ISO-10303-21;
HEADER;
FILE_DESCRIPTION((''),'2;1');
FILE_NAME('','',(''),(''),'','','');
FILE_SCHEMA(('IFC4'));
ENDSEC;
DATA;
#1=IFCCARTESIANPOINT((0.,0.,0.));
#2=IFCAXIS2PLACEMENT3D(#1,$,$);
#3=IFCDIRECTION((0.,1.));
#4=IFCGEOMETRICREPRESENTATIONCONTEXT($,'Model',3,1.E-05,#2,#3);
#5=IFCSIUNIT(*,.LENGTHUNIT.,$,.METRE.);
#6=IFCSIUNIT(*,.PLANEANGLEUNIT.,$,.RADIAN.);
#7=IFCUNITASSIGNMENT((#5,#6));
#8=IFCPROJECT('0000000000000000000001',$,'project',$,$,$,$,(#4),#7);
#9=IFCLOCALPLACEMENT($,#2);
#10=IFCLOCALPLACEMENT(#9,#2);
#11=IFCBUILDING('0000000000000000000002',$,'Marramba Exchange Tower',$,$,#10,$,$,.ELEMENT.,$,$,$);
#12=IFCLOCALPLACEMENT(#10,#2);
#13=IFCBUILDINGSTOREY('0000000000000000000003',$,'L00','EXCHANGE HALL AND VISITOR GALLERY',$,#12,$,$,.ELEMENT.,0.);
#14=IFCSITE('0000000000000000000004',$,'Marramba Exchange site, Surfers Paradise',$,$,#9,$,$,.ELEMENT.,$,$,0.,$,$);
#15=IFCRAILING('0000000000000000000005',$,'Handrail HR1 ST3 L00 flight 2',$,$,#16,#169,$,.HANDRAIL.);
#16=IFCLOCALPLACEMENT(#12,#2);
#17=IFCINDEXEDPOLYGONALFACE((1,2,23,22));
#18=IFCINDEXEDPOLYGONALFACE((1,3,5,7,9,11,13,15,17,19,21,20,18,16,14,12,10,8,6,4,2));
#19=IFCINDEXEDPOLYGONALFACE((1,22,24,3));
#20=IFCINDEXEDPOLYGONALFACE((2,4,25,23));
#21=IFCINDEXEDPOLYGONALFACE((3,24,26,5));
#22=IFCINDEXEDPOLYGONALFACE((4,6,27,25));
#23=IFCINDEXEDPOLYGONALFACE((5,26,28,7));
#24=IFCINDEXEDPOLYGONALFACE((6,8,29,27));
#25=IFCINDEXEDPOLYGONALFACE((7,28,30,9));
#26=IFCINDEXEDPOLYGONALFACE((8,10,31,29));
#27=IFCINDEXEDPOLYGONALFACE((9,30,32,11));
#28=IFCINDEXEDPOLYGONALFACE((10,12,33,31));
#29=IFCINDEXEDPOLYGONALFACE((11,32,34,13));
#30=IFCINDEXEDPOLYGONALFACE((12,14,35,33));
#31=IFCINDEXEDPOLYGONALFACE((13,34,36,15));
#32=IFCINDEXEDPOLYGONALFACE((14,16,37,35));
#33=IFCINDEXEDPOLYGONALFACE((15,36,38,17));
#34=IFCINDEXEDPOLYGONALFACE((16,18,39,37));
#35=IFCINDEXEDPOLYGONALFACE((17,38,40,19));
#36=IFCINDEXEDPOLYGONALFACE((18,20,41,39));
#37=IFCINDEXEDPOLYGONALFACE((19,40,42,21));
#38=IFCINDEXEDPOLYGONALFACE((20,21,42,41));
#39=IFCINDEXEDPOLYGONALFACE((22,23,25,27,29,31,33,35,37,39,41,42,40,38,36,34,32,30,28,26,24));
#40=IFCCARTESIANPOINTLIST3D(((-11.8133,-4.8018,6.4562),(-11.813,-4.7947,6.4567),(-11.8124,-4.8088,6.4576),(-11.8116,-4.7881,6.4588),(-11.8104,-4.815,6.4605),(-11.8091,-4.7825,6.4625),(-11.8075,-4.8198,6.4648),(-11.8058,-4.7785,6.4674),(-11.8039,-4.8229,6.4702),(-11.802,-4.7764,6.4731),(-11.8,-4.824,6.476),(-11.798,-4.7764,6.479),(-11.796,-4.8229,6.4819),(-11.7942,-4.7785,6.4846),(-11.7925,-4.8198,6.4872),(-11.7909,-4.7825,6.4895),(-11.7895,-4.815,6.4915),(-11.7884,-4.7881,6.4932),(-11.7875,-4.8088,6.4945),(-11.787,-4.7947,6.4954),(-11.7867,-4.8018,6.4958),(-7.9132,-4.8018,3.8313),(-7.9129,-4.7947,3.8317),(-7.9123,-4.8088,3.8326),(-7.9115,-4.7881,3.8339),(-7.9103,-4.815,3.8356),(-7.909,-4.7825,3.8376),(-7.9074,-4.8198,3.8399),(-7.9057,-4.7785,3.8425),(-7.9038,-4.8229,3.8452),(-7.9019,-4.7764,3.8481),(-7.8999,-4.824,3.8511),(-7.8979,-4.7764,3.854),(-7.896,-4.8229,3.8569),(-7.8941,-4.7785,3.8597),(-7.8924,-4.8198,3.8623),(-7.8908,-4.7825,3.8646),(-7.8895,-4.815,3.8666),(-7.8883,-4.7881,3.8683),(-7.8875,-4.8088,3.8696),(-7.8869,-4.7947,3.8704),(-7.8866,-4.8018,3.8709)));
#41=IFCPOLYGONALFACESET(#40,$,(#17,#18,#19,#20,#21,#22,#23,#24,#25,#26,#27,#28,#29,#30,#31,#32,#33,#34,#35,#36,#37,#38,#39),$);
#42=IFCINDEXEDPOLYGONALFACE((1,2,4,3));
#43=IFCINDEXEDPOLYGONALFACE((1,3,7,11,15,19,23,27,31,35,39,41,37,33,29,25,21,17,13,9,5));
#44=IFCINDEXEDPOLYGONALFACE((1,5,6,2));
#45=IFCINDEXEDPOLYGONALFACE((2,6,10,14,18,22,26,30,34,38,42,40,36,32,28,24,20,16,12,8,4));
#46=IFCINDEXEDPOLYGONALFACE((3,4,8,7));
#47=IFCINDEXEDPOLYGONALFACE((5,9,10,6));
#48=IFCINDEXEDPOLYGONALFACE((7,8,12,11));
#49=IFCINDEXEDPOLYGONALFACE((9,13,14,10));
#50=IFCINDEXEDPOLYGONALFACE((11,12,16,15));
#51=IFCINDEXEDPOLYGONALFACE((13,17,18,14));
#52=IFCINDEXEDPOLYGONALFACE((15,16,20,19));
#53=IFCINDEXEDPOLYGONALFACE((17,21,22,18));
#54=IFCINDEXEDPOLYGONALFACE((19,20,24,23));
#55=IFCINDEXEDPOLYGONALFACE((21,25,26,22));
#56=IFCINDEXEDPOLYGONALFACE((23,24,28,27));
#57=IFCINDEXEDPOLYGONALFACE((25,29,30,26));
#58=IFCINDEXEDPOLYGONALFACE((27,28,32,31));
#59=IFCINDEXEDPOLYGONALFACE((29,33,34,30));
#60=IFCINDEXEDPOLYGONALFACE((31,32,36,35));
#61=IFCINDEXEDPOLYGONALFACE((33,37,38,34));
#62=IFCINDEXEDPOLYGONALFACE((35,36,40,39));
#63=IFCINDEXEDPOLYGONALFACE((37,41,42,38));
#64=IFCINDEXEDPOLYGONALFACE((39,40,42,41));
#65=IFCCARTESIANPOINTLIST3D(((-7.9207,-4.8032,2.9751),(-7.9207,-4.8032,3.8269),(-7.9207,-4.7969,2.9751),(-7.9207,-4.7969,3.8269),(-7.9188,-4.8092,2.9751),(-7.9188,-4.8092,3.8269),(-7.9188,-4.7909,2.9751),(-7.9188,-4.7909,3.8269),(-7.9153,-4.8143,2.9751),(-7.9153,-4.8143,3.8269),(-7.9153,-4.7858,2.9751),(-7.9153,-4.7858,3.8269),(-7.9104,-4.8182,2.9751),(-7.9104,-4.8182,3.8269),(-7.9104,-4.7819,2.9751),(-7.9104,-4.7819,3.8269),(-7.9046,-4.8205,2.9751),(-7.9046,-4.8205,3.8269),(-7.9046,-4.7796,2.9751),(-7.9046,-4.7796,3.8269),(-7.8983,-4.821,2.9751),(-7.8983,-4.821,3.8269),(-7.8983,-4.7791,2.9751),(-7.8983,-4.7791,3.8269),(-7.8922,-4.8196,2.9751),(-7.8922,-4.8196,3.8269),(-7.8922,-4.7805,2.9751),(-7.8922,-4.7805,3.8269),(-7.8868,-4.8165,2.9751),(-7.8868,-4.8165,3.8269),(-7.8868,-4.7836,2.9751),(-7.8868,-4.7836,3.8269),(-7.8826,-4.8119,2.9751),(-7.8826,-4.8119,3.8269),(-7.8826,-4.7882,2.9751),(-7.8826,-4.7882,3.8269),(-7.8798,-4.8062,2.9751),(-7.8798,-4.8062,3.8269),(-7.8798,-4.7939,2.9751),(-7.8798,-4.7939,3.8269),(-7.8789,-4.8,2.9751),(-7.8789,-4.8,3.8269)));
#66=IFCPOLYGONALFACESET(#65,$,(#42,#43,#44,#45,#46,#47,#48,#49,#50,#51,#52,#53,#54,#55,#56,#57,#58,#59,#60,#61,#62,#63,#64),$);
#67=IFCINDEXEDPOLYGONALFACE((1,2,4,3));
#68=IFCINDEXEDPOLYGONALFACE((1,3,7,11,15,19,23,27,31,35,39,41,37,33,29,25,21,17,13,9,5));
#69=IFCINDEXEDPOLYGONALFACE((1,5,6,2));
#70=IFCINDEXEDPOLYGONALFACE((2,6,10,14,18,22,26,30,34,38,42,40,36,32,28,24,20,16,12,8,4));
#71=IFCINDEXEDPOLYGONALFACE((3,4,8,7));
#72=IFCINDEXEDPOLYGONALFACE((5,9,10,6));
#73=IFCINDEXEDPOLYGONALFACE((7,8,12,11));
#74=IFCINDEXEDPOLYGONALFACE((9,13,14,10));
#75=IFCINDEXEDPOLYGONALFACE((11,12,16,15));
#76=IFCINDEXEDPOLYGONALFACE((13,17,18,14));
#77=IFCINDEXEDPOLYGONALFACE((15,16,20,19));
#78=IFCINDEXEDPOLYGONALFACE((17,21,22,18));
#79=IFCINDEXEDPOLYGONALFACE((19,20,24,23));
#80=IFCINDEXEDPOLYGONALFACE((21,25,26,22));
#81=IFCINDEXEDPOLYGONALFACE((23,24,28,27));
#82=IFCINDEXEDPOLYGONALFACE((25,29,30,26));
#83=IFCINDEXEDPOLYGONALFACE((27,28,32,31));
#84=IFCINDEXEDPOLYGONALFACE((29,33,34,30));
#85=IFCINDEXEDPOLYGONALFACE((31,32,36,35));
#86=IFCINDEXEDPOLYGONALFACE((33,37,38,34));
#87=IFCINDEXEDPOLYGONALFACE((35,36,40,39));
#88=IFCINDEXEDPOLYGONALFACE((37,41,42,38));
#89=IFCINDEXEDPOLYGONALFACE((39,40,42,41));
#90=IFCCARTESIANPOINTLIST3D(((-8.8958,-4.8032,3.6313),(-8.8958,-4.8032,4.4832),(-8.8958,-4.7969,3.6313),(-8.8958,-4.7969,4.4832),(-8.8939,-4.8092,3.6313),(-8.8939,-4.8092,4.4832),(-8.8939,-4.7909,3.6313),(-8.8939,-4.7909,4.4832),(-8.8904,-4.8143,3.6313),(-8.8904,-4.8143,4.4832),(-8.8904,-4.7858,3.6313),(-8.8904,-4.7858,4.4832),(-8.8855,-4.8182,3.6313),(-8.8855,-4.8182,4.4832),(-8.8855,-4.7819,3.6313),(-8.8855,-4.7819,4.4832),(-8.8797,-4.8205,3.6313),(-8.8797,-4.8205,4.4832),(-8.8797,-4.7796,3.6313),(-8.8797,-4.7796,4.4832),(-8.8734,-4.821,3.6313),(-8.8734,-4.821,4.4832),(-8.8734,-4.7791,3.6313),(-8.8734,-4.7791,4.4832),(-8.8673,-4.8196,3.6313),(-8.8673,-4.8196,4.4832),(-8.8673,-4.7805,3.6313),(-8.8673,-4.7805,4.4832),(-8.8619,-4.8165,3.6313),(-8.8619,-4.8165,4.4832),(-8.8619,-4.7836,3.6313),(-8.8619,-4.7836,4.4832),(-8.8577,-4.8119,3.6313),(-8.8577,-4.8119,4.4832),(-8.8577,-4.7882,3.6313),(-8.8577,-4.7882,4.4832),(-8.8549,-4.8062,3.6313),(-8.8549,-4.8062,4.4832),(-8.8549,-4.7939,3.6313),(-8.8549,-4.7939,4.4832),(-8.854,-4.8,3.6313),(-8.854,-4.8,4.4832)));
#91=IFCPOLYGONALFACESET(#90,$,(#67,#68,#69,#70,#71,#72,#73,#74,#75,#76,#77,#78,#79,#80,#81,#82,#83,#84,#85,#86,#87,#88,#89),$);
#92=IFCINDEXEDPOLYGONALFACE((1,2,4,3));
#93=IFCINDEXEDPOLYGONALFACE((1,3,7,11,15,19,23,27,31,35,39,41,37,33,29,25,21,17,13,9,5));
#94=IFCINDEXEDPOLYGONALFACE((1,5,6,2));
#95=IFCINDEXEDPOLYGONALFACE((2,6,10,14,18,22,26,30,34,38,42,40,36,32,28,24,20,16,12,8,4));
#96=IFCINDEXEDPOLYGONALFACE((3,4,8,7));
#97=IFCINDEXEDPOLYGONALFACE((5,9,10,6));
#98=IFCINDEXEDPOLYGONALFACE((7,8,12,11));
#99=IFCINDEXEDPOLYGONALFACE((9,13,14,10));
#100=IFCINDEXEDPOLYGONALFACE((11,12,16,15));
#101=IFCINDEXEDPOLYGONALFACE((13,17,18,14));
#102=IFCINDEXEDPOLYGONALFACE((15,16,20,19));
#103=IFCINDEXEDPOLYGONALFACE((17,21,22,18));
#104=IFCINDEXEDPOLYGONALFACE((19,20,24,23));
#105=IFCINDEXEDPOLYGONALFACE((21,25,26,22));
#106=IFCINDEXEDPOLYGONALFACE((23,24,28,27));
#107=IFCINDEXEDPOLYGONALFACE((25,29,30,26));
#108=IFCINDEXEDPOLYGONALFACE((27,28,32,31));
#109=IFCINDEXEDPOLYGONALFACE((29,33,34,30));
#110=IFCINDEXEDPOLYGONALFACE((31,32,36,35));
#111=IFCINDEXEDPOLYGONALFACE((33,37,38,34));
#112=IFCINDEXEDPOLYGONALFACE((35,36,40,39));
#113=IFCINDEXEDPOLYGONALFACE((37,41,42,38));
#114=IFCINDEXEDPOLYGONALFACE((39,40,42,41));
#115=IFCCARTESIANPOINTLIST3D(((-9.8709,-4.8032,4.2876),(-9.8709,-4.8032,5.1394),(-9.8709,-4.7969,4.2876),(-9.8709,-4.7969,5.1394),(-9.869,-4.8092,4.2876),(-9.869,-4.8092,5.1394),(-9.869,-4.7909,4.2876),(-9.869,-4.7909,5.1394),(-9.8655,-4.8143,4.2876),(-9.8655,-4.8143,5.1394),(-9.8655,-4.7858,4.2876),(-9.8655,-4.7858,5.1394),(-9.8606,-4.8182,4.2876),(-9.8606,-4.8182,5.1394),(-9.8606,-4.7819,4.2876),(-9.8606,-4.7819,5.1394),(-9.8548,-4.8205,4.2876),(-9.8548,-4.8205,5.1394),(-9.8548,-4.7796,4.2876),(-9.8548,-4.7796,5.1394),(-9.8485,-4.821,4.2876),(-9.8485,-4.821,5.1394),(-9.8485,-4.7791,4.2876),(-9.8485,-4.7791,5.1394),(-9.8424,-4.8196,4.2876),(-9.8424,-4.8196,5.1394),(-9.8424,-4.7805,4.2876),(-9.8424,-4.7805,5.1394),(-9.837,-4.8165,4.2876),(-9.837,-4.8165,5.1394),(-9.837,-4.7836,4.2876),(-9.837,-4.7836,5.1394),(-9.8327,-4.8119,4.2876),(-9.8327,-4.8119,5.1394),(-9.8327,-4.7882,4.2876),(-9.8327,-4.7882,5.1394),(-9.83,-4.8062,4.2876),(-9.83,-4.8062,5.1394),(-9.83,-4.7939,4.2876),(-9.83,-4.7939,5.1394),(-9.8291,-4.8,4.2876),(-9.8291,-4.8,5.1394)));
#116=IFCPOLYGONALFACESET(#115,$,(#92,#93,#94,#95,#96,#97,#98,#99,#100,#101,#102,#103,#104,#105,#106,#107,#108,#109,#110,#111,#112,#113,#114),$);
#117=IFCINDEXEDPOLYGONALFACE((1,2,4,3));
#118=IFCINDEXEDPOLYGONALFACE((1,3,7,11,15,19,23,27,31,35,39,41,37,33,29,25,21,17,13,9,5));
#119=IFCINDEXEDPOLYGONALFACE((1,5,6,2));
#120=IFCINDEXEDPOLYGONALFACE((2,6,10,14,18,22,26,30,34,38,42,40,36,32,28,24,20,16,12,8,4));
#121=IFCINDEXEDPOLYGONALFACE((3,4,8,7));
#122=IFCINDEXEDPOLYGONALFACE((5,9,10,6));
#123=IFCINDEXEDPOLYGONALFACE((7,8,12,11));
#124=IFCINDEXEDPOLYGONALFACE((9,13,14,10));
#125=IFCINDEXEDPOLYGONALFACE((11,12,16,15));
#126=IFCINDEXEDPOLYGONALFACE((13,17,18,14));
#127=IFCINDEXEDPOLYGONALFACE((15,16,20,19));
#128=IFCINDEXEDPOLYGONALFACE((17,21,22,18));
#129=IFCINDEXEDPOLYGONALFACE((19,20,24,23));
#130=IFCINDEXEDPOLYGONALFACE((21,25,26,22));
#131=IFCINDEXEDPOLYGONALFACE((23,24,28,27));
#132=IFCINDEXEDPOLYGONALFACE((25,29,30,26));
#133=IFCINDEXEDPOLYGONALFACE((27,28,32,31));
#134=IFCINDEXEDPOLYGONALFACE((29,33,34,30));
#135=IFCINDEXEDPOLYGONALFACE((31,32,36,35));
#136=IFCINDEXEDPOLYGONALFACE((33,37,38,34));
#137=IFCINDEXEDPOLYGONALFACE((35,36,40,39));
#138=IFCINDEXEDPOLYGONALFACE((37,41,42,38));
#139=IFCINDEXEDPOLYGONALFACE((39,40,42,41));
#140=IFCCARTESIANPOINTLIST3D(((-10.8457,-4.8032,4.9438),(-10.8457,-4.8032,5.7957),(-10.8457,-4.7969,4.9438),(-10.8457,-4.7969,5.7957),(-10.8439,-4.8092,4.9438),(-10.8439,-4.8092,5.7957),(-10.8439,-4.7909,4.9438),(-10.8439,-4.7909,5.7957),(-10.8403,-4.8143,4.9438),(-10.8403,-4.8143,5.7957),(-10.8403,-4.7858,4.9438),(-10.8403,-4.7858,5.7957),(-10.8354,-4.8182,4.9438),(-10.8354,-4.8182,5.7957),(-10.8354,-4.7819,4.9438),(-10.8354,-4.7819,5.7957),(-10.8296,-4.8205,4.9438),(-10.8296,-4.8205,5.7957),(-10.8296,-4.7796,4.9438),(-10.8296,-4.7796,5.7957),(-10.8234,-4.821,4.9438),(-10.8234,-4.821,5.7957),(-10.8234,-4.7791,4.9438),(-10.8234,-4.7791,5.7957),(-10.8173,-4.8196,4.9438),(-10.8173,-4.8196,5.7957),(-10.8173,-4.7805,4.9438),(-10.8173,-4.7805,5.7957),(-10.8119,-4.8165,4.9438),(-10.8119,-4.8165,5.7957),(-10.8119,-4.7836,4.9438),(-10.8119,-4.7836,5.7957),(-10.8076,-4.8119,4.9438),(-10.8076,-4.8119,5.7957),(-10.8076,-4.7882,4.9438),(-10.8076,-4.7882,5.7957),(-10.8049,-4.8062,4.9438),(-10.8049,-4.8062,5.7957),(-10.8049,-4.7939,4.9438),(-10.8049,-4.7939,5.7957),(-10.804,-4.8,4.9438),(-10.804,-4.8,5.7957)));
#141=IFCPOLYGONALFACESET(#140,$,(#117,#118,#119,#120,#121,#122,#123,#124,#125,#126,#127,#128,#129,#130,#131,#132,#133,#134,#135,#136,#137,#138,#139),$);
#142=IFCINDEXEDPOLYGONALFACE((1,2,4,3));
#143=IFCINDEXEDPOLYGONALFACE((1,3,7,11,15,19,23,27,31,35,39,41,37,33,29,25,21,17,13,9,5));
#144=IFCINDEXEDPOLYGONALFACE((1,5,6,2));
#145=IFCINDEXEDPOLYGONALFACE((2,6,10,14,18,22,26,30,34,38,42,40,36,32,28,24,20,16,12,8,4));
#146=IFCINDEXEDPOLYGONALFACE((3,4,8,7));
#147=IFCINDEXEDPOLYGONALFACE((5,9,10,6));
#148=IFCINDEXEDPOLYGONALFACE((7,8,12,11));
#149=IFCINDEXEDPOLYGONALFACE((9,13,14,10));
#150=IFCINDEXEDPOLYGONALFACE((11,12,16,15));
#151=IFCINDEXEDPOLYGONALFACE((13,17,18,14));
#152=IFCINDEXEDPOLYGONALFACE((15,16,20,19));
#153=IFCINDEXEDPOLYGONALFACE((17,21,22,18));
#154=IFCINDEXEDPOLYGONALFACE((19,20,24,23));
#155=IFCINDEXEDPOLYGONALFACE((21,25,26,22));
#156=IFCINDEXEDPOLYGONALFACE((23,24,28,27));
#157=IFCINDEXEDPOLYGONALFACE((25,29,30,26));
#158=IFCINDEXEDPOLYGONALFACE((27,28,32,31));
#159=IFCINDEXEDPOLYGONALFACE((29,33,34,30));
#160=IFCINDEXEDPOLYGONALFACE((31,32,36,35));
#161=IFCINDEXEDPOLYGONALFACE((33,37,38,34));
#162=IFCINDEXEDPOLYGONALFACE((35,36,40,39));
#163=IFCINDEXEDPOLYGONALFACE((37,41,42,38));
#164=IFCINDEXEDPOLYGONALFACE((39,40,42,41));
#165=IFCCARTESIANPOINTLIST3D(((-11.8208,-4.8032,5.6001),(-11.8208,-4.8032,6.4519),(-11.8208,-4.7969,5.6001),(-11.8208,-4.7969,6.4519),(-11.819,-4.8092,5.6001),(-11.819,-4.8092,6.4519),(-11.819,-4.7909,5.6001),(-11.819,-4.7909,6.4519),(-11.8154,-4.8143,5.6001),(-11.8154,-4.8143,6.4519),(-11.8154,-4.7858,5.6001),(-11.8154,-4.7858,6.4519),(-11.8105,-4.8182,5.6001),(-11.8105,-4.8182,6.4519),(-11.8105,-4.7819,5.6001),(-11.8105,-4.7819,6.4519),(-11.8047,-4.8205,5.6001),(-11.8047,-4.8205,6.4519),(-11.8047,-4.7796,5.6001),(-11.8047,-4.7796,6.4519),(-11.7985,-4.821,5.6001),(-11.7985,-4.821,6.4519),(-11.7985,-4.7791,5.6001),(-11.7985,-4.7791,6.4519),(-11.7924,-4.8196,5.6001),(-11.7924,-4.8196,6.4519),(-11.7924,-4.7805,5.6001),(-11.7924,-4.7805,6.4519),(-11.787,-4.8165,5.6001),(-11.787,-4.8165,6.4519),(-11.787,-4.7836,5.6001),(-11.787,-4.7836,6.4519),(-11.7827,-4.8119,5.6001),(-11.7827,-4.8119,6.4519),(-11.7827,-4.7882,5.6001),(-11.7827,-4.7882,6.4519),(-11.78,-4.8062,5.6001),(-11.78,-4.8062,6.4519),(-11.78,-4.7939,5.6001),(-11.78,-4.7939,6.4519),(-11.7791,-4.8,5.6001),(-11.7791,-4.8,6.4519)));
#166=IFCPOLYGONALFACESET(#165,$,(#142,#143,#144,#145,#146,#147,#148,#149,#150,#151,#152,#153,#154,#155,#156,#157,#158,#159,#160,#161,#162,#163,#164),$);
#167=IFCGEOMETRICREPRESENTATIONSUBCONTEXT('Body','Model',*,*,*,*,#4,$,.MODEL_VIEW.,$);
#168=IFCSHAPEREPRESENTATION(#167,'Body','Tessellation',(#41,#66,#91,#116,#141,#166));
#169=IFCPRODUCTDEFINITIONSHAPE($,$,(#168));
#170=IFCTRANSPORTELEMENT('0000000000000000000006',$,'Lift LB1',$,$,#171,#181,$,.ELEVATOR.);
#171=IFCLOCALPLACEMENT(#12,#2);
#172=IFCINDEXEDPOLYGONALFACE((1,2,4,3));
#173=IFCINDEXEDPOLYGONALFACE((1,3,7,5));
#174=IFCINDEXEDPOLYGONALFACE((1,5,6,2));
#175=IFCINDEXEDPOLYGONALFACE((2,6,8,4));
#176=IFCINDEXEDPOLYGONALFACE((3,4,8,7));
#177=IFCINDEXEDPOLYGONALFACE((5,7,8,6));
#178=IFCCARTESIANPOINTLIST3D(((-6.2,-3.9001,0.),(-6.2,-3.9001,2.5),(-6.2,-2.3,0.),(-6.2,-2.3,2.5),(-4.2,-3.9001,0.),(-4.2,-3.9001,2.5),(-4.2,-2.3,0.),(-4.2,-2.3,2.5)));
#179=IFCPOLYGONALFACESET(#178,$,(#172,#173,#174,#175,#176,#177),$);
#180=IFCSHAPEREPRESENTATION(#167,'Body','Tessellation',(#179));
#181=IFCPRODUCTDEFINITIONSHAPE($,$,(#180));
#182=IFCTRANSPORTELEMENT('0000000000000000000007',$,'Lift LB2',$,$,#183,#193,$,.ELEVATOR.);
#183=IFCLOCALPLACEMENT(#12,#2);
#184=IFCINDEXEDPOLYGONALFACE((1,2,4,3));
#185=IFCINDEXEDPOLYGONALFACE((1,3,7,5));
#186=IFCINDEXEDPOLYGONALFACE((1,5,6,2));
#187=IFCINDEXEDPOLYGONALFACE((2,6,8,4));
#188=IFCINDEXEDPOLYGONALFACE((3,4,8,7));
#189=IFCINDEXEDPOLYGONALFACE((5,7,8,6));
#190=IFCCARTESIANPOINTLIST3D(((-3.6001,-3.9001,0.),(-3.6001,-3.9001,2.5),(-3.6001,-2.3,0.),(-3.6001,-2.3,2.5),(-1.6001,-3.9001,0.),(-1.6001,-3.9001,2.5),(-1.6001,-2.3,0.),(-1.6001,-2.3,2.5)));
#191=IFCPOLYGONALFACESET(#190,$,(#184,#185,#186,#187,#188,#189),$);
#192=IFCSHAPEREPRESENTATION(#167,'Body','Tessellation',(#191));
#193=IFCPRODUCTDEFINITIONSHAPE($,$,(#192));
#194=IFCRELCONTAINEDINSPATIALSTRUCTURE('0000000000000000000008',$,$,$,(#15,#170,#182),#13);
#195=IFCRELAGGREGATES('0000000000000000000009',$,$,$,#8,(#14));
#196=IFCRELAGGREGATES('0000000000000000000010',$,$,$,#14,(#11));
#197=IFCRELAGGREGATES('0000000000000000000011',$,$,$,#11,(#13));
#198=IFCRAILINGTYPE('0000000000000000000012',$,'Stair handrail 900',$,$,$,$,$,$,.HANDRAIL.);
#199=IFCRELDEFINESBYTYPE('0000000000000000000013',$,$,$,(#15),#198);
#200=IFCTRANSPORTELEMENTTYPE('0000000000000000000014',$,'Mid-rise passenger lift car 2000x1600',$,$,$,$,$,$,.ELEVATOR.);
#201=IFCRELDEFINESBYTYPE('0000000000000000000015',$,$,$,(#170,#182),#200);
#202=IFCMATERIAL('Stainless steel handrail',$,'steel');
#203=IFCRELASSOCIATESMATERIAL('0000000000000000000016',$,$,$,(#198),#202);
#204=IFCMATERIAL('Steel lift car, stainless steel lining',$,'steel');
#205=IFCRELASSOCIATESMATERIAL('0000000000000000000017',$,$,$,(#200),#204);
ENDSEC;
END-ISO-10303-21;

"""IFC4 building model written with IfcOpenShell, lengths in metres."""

from ifc_helpers import new_model, si_unit, direction, frame, origin, origin_2d, place, context, subcontext, project, spatial, rectangle, circle, extrude, material, type_object, element, save


model = new_model("IFC4")

# Units and contexts
model_context = context("Model", 3, precision=1e-05, world=origin(), true_north=direction((0.0, 1.0)))
body_context = subcontext(model_context, "Body", "Model", "MODEL_VIEW")
ifc_project = project(units=[si_unit("LENGTHUNIT", "METRE"), si_unit("PLANEANGLEUNIT", "RADIAN")], contexts=[model_context])

# Site, building, storey
site_placement = place(None, origin())
site = spatial("IfcSite", under=ifc_project, at=site_placement, Name="Marramba Exchange site, Surfers Paradise", CompositionType="ELEMENT", RefElevation=0.0)
building_placement = place(site_placement, origin())
building = spatial("IfcBuilding", under=site, at=building_placement, Name="Marramba Exchange Tower", CompositionType="ELEMENT")
storey_placement = place(building_placement, origin())
storey = spatial("IfcBuildingStorey", under=building, at=storey_placement, Name="L00", Description="EXCHANGE HALL AND VISITOR GALLERY", CompositionType="ELEMENT", Elevation=0.0)

# Railing
ifc_material_1 = material(Name="Stainless steel handrail", Category="steel")
railing_type_1 = type_object("IfcRailingType", Name="Stair handrail 900", PredefinedType="HANDRAIL", material=ifc_material_1)
railing_1_placement = place(storey_placement, frame((-7.8999, -4.8, 2.9751)))
element("IfcRailing", 1, at=railing_1_placement, inside=storey, type_object=railing_type_1, Name="Handrail HR1 ST3 L00 flight 2", PredefinedType="HANDRAIL", context=body_context, shape_type="SweptSolid", body=[
    extrude(circle(Radius=0.0239, at=origin_2d()), frame((0.0, 0.0, 0.876), z_axis=(-0.829597, 0.0, 0.558362), x_axis=(0.0, -1.0, 0.0)), (0.0, 0.0, 1.0), 4.7012),
    extrude(circle(Radius=0.021, at=origin_2d()), origin(), (0.0, 0.0, 1.0), 0.8518),
    extrude(circle(Radius=0.021, at=origin_2d()), frame((-0.9751, 0.0, 0.6562)), (0.0, 0.0, 1.0), 0.8518),
    extrude(circle(Radius=0.021, at=origin_2d()), frame((-1.9502, 0.0, 1.3125)), (0.0, 0.0, 1.0), 0.8518),
    extrude(circle(Radius=0.021, at=origin_2d()), frame((-2.925, 0.0, 1.9688)), (0.0, 0.0, 1.0), 0.8518),
    extrude(circle(Radius=0.021, at=origin_2d()), frame((-3.9001, 0.0, 2.625)), (0.0, 0.0, 1.0), 0.8518),
])

# Transport elements
ifc_material_2 = material(Name="Steel lift car, stainless steel lining", Category="steel")
transport_element_type = type_object("IfcTransportElementType", Name="Mid-rise passenger lift car 2000x1600", PredefinedType="ELEVATOR", material=ifc_material_2)
for number, where, z_axis, x_axis, name in (
    (2, (-5.2, -3.1001, 0.0), (0.0, 0.0, 1.0), (1.0, 0.0, 0.0), "Lift LB1"),
    (3, (-2.6001, -3.1001, 0.0), (0.0, 0.0, 1.0), (1.0, 0.0, 0.0), "Lift LB2"),
):
    element("IfcTransportElement", number, at=place(storey_placement, frame(where, z_axis=z_axis, x_axis=x_axis)), inside=storey, type_object=transport_element_type, Name=name, PredefinedType="ELEVATOR", context=body_context, shape_type="SweptSolid", body=[
        extrude(rectangle(XDim=2.0, YDim=1.6001, at=origin_2d()), origin(), (0.0, 0.0, 1.0), 2.5),
    ])

save(model, "model.ifc")
